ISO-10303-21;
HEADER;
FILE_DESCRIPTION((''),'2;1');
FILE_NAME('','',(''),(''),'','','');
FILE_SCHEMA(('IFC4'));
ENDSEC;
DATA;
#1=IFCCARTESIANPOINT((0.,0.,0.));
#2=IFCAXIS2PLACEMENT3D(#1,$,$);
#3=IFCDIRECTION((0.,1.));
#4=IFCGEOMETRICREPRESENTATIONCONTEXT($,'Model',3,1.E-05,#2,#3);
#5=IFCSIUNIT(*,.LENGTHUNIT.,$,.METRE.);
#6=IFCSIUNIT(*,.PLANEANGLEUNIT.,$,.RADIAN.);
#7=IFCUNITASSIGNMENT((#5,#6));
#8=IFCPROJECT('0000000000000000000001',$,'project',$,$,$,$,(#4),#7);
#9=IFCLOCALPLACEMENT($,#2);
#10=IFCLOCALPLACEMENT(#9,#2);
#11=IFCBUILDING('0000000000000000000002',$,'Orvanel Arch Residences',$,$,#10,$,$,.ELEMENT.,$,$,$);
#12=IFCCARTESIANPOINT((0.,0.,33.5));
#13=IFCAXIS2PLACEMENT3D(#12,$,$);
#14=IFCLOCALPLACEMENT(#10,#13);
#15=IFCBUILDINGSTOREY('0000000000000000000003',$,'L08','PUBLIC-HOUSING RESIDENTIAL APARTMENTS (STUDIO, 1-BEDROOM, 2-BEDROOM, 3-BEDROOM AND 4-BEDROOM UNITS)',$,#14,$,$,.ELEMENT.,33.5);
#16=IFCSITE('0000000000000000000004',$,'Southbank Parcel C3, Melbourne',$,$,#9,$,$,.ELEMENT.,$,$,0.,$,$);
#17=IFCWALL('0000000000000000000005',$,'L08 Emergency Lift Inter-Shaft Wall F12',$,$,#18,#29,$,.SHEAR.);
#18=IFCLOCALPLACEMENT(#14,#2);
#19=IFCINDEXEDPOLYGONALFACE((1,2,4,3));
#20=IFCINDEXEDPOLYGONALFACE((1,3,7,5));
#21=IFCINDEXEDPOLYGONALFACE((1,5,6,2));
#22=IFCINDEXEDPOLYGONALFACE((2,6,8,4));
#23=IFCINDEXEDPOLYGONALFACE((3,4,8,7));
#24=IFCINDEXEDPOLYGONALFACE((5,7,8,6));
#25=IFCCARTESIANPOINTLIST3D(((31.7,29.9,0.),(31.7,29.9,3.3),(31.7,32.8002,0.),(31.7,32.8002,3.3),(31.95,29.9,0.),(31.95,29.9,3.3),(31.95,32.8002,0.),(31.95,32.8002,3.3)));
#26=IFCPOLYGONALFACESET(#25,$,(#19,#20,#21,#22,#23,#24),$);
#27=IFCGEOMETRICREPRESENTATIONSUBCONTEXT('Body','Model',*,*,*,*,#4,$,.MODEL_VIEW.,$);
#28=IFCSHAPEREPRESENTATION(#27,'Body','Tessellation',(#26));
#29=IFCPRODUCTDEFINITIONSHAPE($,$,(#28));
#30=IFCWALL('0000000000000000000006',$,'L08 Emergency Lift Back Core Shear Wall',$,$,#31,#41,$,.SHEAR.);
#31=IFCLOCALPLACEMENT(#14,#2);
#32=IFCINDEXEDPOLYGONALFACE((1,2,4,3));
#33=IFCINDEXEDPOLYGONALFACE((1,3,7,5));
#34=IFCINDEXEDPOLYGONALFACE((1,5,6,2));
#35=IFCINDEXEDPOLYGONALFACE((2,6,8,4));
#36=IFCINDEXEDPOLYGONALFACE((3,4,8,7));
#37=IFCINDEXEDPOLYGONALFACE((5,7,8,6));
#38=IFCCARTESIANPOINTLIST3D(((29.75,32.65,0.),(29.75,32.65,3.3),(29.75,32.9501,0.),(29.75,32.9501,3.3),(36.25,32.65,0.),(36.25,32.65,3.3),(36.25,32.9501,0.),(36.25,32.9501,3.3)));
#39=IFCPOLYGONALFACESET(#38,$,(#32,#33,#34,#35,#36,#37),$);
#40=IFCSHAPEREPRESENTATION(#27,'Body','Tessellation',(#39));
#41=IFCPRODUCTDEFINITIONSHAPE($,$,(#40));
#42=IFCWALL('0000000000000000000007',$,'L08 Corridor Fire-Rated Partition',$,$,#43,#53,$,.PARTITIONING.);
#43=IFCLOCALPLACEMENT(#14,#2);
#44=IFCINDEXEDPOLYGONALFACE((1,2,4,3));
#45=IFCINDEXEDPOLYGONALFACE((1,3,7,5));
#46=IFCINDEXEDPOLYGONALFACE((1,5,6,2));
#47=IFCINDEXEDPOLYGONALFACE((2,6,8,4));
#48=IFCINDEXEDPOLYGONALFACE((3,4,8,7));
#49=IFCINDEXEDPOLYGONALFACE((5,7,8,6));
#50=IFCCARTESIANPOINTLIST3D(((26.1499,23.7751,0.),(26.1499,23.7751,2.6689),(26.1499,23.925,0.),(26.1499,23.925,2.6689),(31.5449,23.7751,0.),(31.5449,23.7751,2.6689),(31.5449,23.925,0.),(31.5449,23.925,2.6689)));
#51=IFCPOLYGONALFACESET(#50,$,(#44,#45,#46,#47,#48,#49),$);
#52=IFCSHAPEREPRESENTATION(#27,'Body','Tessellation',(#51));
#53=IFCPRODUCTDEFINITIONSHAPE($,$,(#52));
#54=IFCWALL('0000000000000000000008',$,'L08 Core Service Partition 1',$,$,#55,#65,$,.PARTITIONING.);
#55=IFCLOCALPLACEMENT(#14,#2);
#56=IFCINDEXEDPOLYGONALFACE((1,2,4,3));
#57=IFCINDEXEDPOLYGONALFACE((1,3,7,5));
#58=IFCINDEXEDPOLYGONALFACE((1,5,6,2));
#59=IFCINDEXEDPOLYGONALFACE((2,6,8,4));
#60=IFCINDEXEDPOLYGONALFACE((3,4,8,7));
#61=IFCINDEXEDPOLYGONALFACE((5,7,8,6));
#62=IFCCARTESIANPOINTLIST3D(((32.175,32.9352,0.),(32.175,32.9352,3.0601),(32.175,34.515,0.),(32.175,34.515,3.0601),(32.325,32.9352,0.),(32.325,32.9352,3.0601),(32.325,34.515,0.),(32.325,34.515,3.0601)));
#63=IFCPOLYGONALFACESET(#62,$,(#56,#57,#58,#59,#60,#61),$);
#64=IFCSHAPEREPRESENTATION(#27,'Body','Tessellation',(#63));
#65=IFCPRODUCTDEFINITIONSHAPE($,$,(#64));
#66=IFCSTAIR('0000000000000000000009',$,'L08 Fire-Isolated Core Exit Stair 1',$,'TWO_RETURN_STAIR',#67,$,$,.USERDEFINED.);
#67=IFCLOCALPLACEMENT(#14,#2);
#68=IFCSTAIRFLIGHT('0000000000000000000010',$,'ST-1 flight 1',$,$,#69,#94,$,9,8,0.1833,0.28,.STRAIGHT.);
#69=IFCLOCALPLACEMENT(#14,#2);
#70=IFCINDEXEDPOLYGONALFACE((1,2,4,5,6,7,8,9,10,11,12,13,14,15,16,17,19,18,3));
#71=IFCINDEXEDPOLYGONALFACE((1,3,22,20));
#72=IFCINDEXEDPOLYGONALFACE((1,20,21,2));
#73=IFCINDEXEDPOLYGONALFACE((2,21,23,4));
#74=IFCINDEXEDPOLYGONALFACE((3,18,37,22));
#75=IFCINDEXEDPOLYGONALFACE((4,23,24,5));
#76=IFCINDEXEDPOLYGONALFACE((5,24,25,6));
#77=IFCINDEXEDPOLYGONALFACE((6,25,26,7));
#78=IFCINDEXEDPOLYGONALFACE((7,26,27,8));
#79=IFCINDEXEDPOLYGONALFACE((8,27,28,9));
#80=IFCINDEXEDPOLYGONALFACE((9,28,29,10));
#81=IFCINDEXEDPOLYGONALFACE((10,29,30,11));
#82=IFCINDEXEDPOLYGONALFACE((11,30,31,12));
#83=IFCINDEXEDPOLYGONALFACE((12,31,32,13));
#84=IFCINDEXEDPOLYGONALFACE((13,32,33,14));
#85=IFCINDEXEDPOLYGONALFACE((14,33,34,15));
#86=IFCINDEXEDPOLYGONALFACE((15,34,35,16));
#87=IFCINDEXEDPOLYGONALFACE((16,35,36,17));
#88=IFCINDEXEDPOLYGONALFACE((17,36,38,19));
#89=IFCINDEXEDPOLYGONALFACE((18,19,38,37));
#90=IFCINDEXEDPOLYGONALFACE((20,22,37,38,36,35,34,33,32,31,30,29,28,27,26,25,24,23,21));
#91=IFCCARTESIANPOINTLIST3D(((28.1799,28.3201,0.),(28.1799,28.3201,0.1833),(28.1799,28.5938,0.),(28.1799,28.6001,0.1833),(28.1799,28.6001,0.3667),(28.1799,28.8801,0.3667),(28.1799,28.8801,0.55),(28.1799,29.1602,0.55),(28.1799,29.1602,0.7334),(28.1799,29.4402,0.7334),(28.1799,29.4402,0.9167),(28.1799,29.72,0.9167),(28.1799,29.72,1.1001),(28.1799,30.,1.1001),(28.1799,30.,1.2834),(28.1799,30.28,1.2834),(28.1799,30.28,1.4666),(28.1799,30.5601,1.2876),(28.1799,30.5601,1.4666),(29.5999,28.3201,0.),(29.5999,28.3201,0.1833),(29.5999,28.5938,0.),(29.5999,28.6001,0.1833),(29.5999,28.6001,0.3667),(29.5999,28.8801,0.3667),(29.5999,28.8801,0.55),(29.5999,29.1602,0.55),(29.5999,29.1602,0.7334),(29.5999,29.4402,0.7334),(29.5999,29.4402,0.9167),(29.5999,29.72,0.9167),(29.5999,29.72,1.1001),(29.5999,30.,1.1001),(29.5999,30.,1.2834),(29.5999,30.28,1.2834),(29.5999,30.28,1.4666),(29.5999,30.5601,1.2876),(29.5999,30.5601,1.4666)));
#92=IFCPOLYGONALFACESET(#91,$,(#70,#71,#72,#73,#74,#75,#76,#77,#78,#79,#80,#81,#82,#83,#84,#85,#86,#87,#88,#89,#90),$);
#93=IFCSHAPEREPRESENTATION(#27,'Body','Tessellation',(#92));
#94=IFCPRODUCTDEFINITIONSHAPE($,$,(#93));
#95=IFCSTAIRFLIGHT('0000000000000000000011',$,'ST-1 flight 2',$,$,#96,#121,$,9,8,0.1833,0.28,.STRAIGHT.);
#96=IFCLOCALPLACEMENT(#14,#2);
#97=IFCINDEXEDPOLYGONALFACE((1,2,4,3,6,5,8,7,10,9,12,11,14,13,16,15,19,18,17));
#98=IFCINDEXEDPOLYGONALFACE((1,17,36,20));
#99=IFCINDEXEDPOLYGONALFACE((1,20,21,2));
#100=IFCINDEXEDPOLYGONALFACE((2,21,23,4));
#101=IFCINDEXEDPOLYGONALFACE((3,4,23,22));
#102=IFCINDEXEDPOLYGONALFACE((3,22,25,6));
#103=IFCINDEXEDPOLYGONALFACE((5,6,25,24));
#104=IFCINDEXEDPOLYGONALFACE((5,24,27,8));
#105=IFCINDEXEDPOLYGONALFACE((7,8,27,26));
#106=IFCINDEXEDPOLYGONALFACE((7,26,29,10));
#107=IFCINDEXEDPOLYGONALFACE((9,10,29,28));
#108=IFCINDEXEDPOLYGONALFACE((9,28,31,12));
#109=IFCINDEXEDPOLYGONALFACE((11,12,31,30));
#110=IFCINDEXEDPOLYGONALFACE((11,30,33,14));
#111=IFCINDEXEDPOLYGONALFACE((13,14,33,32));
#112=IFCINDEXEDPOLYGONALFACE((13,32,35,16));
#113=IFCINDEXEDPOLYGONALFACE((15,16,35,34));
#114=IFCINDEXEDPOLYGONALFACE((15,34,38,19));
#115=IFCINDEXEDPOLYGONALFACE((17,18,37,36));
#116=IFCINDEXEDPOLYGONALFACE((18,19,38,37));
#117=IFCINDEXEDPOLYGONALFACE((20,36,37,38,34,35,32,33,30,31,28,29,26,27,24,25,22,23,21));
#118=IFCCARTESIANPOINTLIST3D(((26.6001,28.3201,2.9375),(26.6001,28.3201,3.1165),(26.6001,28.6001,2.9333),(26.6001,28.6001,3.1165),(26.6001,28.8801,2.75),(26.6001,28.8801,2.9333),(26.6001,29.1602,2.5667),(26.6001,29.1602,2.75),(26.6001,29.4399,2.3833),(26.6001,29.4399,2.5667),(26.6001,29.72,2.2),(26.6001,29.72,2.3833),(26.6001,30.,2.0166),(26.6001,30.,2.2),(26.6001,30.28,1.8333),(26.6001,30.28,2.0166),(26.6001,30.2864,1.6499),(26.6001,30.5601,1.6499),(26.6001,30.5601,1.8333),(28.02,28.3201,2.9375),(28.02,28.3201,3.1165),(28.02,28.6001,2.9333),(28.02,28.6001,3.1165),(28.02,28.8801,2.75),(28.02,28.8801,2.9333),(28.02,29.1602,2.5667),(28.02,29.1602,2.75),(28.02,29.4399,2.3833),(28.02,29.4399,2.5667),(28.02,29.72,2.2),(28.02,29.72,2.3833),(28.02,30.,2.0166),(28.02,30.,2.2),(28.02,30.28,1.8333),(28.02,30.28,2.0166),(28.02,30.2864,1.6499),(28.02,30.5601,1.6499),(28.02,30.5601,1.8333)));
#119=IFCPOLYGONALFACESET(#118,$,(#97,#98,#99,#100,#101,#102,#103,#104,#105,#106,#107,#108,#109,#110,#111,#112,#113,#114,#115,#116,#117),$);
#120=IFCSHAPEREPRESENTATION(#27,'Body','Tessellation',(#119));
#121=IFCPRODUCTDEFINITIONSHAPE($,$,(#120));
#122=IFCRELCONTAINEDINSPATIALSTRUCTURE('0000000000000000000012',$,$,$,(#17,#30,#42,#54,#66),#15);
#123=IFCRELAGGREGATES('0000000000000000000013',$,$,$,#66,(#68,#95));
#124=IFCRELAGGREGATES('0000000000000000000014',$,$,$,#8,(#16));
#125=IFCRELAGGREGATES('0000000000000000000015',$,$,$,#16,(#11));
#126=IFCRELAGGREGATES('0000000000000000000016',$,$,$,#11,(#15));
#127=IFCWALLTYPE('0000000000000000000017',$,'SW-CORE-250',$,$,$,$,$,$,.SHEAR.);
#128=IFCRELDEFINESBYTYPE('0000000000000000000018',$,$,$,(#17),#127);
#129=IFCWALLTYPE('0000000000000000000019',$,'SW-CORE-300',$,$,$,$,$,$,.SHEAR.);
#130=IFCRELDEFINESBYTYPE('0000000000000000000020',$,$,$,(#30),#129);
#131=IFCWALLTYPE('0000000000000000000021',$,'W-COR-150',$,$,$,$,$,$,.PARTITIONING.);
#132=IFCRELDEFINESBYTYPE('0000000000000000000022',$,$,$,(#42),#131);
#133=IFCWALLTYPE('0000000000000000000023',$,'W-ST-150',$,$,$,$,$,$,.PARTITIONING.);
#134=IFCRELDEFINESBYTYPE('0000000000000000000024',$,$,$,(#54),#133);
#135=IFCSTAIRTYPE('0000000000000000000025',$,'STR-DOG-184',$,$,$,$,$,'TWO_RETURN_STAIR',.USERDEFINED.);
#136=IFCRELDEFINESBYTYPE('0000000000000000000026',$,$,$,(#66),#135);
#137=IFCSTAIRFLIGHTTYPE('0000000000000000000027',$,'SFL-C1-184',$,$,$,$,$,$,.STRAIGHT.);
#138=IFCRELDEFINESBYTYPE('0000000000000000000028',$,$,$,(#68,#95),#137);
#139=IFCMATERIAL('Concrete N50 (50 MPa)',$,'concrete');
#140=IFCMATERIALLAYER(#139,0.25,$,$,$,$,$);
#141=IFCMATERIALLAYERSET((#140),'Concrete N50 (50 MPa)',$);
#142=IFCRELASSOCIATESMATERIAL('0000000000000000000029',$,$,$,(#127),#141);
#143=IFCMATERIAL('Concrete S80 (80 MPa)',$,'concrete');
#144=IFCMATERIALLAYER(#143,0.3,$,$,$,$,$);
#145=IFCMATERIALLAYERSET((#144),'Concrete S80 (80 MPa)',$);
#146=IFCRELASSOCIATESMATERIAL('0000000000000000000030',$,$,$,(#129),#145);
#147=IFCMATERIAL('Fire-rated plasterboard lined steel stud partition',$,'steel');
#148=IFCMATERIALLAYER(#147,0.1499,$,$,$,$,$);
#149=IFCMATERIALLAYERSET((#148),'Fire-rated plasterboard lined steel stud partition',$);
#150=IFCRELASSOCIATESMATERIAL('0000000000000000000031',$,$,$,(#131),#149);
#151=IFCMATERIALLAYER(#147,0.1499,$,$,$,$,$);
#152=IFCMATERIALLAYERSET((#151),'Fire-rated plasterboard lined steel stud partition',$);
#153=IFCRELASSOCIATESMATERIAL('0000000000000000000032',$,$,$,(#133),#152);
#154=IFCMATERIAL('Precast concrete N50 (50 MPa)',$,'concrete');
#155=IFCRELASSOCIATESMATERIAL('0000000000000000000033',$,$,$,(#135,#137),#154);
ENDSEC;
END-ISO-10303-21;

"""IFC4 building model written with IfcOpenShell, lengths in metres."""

from ifc_helpers import new_model, si_unit, direction, frame, frame_2d, origin, place, context, subcontext, project, spatial, polyline, rectangle, outline, extrude, material, layer, layer_set, type_object, element, aggregate, save


model = new_model("IFC4")

# Units and contexts
model_context = context("Model", 3, precision=1e-05, world=origin(), true_north=direction((0.0, 1.0)))
body_context = subcontext(model_context, "Body", "Model", "MODEL_VIEW")
ifc_project = project(units=[si_unit("LENGTHUNIT", "METRE"), si_unit("PLANEANGLEUNIT", "RADIAN")], contexts=[model_context])

# Site, building, storey
site_placement = place(None, origin())
site = spatial("IfcSite", under=ifc_project, at=site_placement, Name="Southbank Parcel C3, Melbourne", CompositionType="ELEMENT", RefElevation=0.0)
building_placement = place(site_placement, origin())
building = spatial("IfcBuilding", under=site, at=building_placement, Name="Orvanel Arch Residences", CompositionType="ELEMENT")
storey_placement = place(building_placement, frame((0.0, 0.0, 33.5)))
storey = spatial("IfcBuildingStorey", under=building, at=storey_placement, Name="L08", Description="PUBLIC-HOUSING RESIDENTIAL APARTMENTS (STUDIO, 1-BEDROOM, 2-BEDROOM, 3-BEDROOM AND 4-BEDROOM UNITS)", CompositionType="ELEMENT", Elevation=33.5)

# Wall
ifc_material_1 = material(Name="Concrete N50 (50 MPa)", Category="concrete")
ifc_layer_1 = layer(ifc_material_1, 0.25)
ifc_layer_set_1 = layer_set([ifc_layer_1], Name="Concrete N50 (50 MPa)")
wall_type_1 = type_object("IfcWallType", Name="SW-CORE-250", PredefinedType="SHEAR", material=ifc_layer_set_1)
wall_1_placement = place(storey_placement, frame((31.825, 29.8999, 0.0), z_axis=(0.0, 0.0, 1.0), x_axis=(0.0, 1.0, 0.0)))
element("IfcWall", 1, at=wall_1_placement, inside=storey, type_object=wall_type_1, Name="L08 Emergency Lift Inter-Shaft Wall F12", PredefinedType="SHEAR", context=body_context, shape_type="SweptSolid", body=[
    extrude(rectangle(XDim=2.9001, YDim=0.25, at=frame_2d((1.4502, 0.0))), origin(), (0.0, 0.0, 1.0), 3.3),
])

# Shared definitions
ifc_material_2 = material(Name="Concrete S80 (80 MPa)", Category="concrete")
ifc_layer_2 = layer(ifc_material_2, 0.3)
ifc_layer_set_2 = layer_set([ifc_layer_2], Name="Concrete S80 (80 MPa)")
wall_type_2 = type_object("IfcWallType", Name="SW-CORE-300", PredefinedType="SHEAR", material=ifc_layer_set_2)

# Walls
wall_2_placement = place(storey_placement, frame((29.75, 32.8, 0.0), z_axis=(0.0, 0.0, 1.0), x_axis=(1.0, 0.0, 0.0)))
element("IfcWall", 2, at=wall_2_placement, inside=storey, type_object=wall_type_2, Name="L08 Emergency Lift Back Core Shear Wall", PredefinedType="SHEAR", context=body_context, shape_type="SweptSolid", body=[
    extrude(rectangle(XDim=6.5, YDim=0.3, at=frame_2d((3.25, 0.0))), origin(), (0.0, 0.0, 1.0), 3.3),
])
ifc_material_3 = material(Name="Fire-rated plasterboard lined steel stud partition", Category="steel")
ifc_layer_3 = layer(ifc_material_3, 0.1499)
ifc_layer_set_3 = layer_set([ifc_layer_3], Name="Fire-rated plasterboard lined steel stud partition")
wall_type_3 = type_object("IfcWallType", Name="W-COR-150", PredefinedType="PARTITIONING", material=ifc_layer_set_3)
wall_3_placement = place(storey_placement, frame((31.5449, 23.8501, 0.0), z_axis=(0.0, 0.0, 1.0), x_axis=(-1.0, 0.0, 0.0)))
element("IfcWall", 3, at=wall_3_placement, inside=storey, type_object=wall_type_3, Name="L08 Corridor Fire-Rated Partition", PredefinedType="PARTITIONING", context=body_context, shape_type="SweptSolid", body=[
    extrude(rectangle(XDim=5.395, YDim=0.1499, at=frame_2d((2.6975, 0.0))), origin(), (0.0, 0.0, 1.0), 2.6689),
])
ifc_layer_4 = layer(ifc_material_3, 0.1499)
ifc_layer_set_4 = layer_set([ifc_layer_4], Name="Fire-rated plasterboard lined steel stud partition")
wall_type_4 = type_object("IfcWallType", Name="W-ST-150", PredefinedType="PARTITIONING", material=ifc_layer_set_4)
wall_4_placement = place(storey_placement, frame((32.25, 32.9351, 0.0), z_axis=(0.0, 0.0, 1.0), x_axis=(0.0, 1.0, 0.0)))
element("IfcWall", 4, at=wall_4_placement, inside=storey, type_object=wall_type_4, Name="L08 Core Service Partition 1", PredefinedType="PARTITIONING", context=body_context, shape_type="SweptSolid", body=[
    extrude(rectangle(XDim=1.5798, YDim=0.1499, at=frame_2d((0.79, 0.0))), origin(), (0.0, 0.0, 1.0), 3.0601),
])

# Stair, stair flights
ifc_material_4 = material(Name="Precast concrete N50 (50 MPa)", Category="concrete")
stair_type = type_object("IfcStairType", Name="STR-DOG-184", ElementType="TWO_RETURN_STAIR", PredefinedType="USERDEFINED", material=ifc_material_4)
stair_placement = place(storey_placement, origin())
stair = element("IfcStair", 5, at=stair_placement, inside=storey, type_object=stair_type, Name="L08 Fire-Isolated Core Exit Stair 1", ObjectType="TWO_RETURN_STAIR", PredefinedType="USERDEFINED")
stair_flight_type = type_object("IfcStairFlightType", Name="SFL-C1-184", PredefinedType="STRAIGHT", material=ifc_material_4)
stair_flight_1_placement = place(storey_placement, frame((28.8899, 28.3201, 0.0), z_axis=(0.0, 0.0, 1.0), x_axis=(0.0, 1.0, 0.0)))
stair_flight_1 = element("IfcStairFlight", 6, at=stair_flight_1_placement, type_object=stair_flight_type, Name="ST-1 flight 1", NumberOfRisers=9, NumberOfTreads=8, PredefinedType="STRAIGHT", RiserHeight=0.1833, TreadLength=0.28, context=body_context, shape_type="SweptSolid", body=[
    extrude(outline(polyline([(0.0, 0.0), (0.0, 0.1833), (0.28, 0.1833), (0.28, 0.3667), (0.5601, 0.3667), (0.5601, 0.55), (0.8401, 0.55), (0.8401, 0.7334), (1.1201, 0.7334), (1.1201, 0.9167), (1.3999, 0.9167), (1.3999, 1.1001), (1.6799, 1.1001), (1.6799, 1.2834), (1.96, 1.2834), (1.96, 1.4666), (2.24, 1.4666), (2.24, 1.6499), (2.24, 1.2876), (0.2737, 0.0), (0.0, 0.0)])), frame((0.0, 0.71, 0.0), z_axis=(0.0, -1.0, 0.0), x_axis=(1.0, 0.0, 0.0)), (0.0, 0.0, 1.0), 1.4199),
])
stair_flight_2_placement = place(storey_placement, frame((27.3101, 30.5601, 1.6499), z_axis=(0.0, 0.0, 1.0), x_axis=(0.0, -1.0, 0.0)))
stair_flight_2 = element("IfcStairFlight", 7, at=stair_flight_2_placement, type_object=stair_flight_type, Name="ST-1 flight 2", NumberOfRisers=9, NumberOfTreads=8, PredefinedType="STRAIGHT", RiserHeight=0.1833, TreadLength=0.28, context=body_context, shape_type="SweptSolid", body=[
    extrude(outline(polyline([(0.0, 0.0), (0.0, 0.1833), (0.28, 0.1833), (0.28, 0.3667), (0.5601, 0.3667), (0.5601, 0.55), (0.8401, 0.55), (0.8401, 0.7334), (1.1201, 0.7334), (1.1201, 0.9167), (1.3999, 0.9167), (1.3999, 1.1001), (1.6799, 1.1001), (1.6799, 1.2834), (1.96, 1.2834), (1.96, 1.4666), (2.24, 1.4666), (2.24, 1.6499), (2.24, 1.2876), (0.2737, 0.0), (0.0, 0.0)])), frame((0.0, 0.71, 0.0), z_axis=(0.0, -1.0, 0.0), x_axis=(1.0, 0.0, 0.0)), (0.0, 0.0, 1.0), 1.4199),
])
aggregate(stair, [stair_flight_1, stair_flight_2])

save(model, "model.ifc")
